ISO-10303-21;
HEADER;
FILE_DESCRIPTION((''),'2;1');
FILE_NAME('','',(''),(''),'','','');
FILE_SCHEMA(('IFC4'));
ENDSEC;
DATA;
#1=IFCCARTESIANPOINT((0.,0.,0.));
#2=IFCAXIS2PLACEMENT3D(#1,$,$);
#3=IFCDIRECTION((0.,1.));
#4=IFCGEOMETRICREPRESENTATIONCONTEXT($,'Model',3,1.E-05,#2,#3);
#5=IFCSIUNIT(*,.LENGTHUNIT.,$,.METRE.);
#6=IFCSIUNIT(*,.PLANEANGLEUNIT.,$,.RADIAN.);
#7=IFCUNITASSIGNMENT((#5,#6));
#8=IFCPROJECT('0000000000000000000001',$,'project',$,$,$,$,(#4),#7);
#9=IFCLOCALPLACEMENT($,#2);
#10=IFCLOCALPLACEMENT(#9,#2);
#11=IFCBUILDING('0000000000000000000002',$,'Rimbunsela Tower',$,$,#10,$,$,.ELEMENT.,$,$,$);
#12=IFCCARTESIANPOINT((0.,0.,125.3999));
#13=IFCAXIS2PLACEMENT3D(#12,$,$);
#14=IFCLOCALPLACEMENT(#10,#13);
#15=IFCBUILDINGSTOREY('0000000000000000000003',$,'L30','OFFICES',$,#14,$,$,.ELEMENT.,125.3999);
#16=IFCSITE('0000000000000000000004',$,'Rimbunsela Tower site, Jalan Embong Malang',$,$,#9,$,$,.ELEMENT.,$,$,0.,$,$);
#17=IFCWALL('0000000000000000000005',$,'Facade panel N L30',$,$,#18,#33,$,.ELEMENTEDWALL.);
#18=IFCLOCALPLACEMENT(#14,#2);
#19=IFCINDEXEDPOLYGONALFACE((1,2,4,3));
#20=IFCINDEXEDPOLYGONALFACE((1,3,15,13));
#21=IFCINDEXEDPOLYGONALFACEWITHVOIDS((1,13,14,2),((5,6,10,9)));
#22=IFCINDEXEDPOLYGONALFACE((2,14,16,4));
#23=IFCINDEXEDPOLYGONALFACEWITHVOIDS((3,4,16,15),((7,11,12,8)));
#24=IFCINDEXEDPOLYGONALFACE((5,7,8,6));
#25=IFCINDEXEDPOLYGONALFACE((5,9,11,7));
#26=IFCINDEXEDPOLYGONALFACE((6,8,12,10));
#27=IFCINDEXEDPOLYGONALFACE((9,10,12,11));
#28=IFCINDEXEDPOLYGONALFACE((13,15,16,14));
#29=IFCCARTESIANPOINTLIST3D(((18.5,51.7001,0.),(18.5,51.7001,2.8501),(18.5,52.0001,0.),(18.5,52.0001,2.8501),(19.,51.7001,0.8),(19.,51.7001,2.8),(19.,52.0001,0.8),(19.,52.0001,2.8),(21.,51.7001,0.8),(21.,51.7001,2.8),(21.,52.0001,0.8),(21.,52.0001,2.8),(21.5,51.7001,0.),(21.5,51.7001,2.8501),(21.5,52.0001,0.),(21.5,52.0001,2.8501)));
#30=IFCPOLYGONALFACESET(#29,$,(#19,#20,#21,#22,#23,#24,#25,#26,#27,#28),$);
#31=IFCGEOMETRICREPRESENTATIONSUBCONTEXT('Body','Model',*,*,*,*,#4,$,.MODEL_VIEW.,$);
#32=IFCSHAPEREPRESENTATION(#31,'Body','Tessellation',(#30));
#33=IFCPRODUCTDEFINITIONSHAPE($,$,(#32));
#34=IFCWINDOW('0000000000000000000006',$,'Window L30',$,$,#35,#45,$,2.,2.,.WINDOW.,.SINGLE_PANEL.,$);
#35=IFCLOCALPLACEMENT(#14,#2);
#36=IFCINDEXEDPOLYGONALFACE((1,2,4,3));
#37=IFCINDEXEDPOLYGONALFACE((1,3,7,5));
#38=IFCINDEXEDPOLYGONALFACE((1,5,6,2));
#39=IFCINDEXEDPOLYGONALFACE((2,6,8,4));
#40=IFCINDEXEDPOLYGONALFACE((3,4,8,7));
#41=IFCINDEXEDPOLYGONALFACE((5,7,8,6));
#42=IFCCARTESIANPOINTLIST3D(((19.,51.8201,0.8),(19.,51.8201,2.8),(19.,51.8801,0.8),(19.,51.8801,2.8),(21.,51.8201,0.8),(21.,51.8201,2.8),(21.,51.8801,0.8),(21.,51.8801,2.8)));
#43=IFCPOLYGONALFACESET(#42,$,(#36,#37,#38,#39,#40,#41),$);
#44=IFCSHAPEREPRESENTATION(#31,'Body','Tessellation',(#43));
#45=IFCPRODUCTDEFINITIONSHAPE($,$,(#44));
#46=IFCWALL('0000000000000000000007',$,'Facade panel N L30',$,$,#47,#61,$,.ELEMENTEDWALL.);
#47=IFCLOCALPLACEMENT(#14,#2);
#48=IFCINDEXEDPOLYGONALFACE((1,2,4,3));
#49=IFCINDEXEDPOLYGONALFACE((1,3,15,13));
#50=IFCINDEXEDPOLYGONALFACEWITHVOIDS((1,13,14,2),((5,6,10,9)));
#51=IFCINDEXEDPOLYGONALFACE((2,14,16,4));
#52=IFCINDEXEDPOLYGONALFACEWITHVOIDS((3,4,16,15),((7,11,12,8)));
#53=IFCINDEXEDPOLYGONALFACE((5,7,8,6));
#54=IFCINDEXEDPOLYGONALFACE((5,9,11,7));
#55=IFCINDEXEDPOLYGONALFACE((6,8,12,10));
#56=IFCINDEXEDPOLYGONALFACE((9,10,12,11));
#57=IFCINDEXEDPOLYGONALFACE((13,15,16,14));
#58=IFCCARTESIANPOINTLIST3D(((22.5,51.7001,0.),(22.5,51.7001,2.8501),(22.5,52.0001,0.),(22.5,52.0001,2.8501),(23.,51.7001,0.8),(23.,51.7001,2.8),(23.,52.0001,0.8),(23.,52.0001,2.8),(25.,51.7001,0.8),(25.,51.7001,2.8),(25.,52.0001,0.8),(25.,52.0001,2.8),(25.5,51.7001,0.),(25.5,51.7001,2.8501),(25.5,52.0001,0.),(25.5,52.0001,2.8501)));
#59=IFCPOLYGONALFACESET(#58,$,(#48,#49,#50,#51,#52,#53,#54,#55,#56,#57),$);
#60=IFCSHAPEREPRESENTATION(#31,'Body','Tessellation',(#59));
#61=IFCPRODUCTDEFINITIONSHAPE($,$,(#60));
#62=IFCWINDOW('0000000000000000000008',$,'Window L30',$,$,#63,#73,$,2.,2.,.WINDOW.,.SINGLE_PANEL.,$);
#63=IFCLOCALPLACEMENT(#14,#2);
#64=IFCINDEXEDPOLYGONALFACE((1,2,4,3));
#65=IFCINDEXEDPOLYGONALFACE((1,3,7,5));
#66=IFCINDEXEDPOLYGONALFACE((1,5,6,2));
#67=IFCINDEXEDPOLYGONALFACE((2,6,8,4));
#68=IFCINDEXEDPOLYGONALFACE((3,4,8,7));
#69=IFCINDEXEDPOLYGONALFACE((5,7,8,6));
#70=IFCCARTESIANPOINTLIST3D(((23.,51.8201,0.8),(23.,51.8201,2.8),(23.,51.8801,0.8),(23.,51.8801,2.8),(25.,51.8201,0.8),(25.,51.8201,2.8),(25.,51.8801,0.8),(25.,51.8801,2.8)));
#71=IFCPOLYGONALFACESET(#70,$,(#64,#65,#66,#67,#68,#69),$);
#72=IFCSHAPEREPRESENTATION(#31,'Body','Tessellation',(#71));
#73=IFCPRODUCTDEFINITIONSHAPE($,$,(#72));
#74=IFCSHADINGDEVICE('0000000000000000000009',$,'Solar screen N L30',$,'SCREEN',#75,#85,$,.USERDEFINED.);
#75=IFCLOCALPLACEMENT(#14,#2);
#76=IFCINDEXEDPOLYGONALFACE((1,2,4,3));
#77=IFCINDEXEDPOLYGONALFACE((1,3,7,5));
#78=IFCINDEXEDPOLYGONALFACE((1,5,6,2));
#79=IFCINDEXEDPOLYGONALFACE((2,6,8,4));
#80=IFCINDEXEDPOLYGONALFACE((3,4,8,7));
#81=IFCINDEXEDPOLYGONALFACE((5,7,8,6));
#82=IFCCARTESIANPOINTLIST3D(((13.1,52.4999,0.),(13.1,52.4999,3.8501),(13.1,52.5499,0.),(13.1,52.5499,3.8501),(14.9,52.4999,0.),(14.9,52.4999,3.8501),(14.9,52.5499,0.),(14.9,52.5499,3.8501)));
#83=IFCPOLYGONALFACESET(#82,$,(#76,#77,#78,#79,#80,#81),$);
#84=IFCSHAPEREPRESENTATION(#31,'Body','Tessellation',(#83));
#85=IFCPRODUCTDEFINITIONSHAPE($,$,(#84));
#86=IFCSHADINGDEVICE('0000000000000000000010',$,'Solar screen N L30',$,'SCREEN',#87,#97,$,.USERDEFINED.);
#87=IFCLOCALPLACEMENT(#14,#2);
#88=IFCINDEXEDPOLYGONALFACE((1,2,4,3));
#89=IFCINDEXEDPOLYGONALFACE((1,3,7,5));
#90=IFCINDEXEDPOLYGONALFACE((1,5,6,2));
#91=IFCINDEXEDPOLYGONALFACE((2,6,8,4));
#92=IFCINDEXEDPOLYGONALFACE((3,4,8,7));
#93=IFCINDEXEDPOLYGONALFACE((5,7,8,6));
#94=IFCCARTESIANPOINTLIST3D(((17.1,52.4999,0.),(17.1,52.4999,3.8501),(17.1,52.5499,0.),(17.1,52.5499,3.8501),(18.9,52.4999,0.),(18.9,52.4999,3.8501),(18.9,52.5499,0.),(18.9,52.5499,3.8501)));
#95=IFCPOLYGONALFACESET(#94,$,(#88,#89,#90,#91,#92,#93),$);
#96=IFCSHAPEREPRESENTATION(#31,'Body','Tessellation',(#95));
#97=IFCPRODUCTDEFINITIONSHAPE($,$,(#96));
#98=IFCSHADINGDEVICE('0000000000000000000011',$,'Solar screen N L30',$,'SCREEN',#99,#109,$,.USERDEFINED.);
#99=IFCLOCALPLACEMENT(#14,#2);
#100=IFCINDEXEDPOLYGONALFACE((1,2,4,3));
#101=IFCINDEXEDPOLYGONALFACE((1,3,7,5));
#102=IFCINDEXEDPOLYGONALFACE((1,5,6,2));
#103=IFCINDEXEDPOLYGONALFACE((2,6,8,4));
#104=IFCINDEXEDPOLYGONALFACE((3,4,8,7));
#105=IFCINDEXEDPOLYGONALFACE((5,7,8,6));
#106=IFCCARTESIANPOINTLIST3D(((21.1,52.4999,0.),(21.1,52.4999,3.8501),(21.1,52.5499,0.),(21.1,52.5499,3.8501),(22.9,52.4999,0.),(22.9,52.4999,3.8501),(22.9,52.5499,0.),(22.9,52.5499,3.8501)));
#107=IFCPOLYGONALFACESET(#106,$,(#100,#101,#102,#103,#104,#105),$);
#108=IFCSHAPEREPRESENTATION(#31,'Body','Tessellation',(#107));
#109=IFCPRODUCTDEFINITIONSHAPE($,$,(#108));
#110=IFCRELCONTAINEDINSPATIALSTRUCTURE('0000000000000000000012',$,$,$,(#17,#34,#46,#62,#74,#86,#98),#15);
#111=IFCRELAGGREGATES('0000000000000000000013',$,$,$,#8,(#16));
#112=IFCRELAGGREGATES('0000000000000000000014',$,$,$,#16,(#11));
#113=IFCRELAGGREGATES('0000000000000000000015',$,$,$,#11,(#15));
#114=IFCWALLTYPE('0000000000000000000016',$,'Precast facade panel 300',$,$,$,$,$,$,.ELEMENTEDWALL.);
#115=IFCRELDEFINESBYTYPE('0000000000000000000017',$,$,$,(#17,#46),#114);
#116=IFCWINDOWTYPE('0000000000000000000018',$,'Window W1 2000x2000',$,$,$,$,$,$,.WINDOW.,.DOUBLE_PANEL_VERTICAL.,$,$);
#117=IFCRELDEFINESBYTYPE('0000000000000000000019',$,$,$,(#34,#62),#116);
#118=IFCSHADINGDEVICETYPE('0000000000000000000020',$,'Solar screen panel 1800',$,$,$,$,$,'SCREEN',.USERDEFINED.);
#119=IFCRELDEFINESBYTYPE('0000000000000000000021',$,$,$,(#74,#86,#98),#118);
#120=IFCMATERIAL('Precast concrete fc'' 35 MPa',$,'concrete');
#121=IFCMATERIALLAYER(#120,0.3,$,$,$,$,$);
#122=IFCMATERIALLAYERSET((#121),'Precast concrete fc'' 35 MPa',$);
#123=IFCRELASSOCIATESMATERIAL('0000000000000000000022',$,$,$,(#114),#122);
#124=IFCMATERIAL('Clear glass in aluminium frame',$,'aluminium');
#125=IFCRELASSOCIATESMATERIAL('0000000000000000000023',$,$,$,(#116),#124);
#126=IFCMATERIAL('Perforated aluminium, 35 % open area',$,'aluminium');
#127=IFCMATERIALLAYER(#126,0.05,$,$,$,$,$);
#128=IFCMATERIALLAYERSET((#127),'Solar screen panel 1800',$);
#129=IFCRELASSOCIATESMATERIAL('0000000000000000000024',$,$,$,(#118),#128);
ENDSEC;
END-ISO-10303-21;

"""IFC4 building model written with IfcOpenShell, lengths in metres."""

from ifc_helpers import new_model, si_unit, direction, frame, frame_2d, origin, origin_2d, place, context, subcontext, project, spatial, rectangle, extrude, material, layer, layer_set, type_object, element, fill, save


model = new_model("IFC4")

# Units and contexts
model_context = context("Model", 3, precision=1e-05, world=origin(), true_north=direction((0.0, 1.0)))
body_context = subcontext(model_context, "Body", "Model", "MODEL_VIEW")
ifc_project = project(units=[si_unit("LENGTHUNIT", "METRE"), si_unit("PLANEANGLEUNIT", "RADIAN")], contexts=[model_context])

# Site, building, storey
site_placement = place(None, origin())
site = spatial("IfcSite", under=ifc_project, at=site_placement, Name="Rimbunsela Tower site, Jalan Embong Malang", CompositionType="ELEMENT", RefElevation=0.0)
building_placement = place(site_placement, origin())
building = spatial("IfcBuilding", under=site, at=building_placement, Name="Rimbunsela Tower", CompositionType="ELEMENT")
storey_placement = place(building_placement, frame((0.0, 0.0, 125.3999)))
storey = spatial("IfcBuildingStorey", under=building, at=storey_placement, Name="L30", Description="OFFICES", CompositionType="ELEMENT", Elevation=125.3999)

# Walls, openings, windows
ifc_material_1 = material(Name="Precast concrete fc' 35 MPa", Category="concrete")
ifc_layer_1 = layer(ifc_material_1, 0.3)
ifc_layer_set_1 = layer_set([ifc_layer_1], Name="Precast concrete fc' 35 MPa")
wall_type_1 = type_object("IfcWallType", Name="Precast facade panel 300", PredefinedType="ELEMENTEDWALL", material=ifc_layer_set_1)
ifc_material_2 = material(Name="Clear glass in aluminium frame", Category="aluminium")
window_type = type_object("IfcWindowType", Name="Window W1 2000x2000", PartitioningType="DOUBLE_PANEL_VERTICAL", PredefinedType="WINDOW", material=ifc_material_2)
wall_1_placement = place(storey_placement, frame((21.5, 51.8501, 0.0), z_axis=(0.0, 0.0, 1.0), x_axis=(-1.0, 0.0, 0.0)))
wall_1 = element("IfcWall", 1, at=wall_1_placement, inside=storey, type_object=wall_type_1, Name="Facade panel N L30", PredefinedType="ELEMENTEDWALL", context=body_context, shape_type="SweptSolid", body=[
    extrude(rectangle(XDim=3.0, YDim=0.3, at=frame_2d((1.5, 0.0))), origin(), (0.0, 0.0, 1.0), 2.8501),
])
opening_1_placement = place(wall_1_placement, frame((0.5, 0.0, 0.8)))
opening_1 = element("IfcOpeningElement", 2, at=opening_1_placement, cuts=wall_1, PredefinedType="OPENING", context=body_context, shape_type="SweptSolid", body=[
    extrude(rectangle(XDim=2.0, YDim=2.0, at=frame_2d((1.0, 1.0))), frame((0.0, 0.1599, 0.0), z_axis=(0.0, -1.0, 0.0), x_axis=(1.0, 0.0, 0.0)), (0.0, 0.0, 1.0), 0.3201),
])
window_1_placement = place(opening_1_placement, origin())
window_1 = element("IfcWindow", 3, at=window_1_placement, inside=storey, type_object=window_type, Name="Window L30", OverallHeight=2.0, OverallWidth=2.0, PartitioningType="SINGLE_PANEL", PredefinedType="WINDOW", context=body_context, shape_type="SweptSolid", body=[
    extrude(rectangle(XDim=2.0, YDim=2.0, at=frame_2d((1.0, 1.0))), frame((0.0, 0.03, 0.0), z_axis=(0.0, -1.0, 0.0), x_axis=(1.0, 0.0, 0.0)), (0.0, 0.0, 1.0), 0.0601),
])
fill(opening_1, window_1)
wall_2_placement = place(storey_placement, frame((25.5, 51.8501, 0.0), z_axis=(0.0, 0.0, 1.0), x_axis=(-1.0, 0.0, 0.0)))
wall_2 = element("IfcWall", 4, at=wall_2_placement, inside=storey, type_object=wall_type_1, Name="Facade panel N L30", PredefinedType="ELEMENTEDWALL", context=body_context, shape_type="SweptSolid", body=[
    extrude(rectangle(XDim=3.0, YDim=0.3, at=frame_2d((1.5, 0.0))), origin(), (0.0, 0.0, 1.0), 2.8501),
])
opening_2_placement = place(wall_2_placement, frame((0.5, 0.0, 0.8)))
opening_2 = element("IfcOpeningElement", 5, at=opening_2_placement, cuts=wall_2, PredefinedType="OPENING", context=body_context, shape_type="SweptSolid", body=[
    extrude(rectangle(XDim=2.0, YDim=2.0, at=frame_2d((1.0, 1.0))), frame((0.0, 0.1599, 0.0), z_axis=(0.0, -1.0, 0.0), x_axis=(1.0, 0.0, 0.0)), (0.0, 0.0, 1.0), 0.3201),
])
window_2_placement = place(opening_2_placement, origin())
window_2 = element("IfcWindow", 6, at=window_2_placement, inside=storey, type_object=window_type, Name="Window L30", OverallHeight=2.0, OverallWidth=2.0, PartitioningType="SINGLE_PANEL", PredefinedType="WINDOW", context=body_context, shape_type="SweptSolid", body=[
    extrude(rectangle(XDim=2.0, YDim=2.0, at=frame_2d((1.0, 1.0))), frame((0.0, 0.03, 0.0), z_axis=(0.0, -1.0, 0.0), x_axis=(1.0, 0.0, 0.0)), (0.0, 0.0, 1.0), 0.0601),
])
fill(opening_2, window_2)

# Shading devices
ifc_material_3 = material(Name="Perforated aluminium, 35 % open area", Category="aluminium")
ifc_layer_2 = layer(ifc_material_3, 0.05)
ifc_layer_set_2 = layer_set([ifc_layer_2], Name="Solar screen panel 1800")
shading_device_type = type_object("IfcShadingDeviceType", Name="Solar screen panel 1800", ElementType="SCREEN", PredefinedType="USERDEFINED", material=ifc_layer_set_2)
for number, where, z_axis, x_axis, name in (
    (7, (14.0, 52.5249, 0.0), (0.0, 0.0, 1.0), (1.0, 0.0, 0.0), "Solar screen N L30"),
    (8, (18.0, 52.5249, 0.0), (0.0, 0.0, 1.0), (1.0, 0.0, 0.0), "Solar screen N L30"),
    (9, (22.0, 52.5249, 0.0), (0.0, 0.0, 1.0), (1.0, 0.0, 0.0), "Solar screen N L30"),
):
    element("IfcShadingDevice", number, at=place(storey_placement, frame(where, z_axis=z_axis, x_axis=x_axis)), inside=storey, type_object=shading_device_type, Name=name, ObjectType="SCREEN", PredefinedType="USERDEFINED", context=body_context, shape_type="SweptSolid", body=[
        extrude(rectangle(XDim=1.8, YDim=0.05, at=origin_2d()), origin(), (0.0, 0.0, 1.0), 3.8501),
    ])

save(model, "model.ifc")
